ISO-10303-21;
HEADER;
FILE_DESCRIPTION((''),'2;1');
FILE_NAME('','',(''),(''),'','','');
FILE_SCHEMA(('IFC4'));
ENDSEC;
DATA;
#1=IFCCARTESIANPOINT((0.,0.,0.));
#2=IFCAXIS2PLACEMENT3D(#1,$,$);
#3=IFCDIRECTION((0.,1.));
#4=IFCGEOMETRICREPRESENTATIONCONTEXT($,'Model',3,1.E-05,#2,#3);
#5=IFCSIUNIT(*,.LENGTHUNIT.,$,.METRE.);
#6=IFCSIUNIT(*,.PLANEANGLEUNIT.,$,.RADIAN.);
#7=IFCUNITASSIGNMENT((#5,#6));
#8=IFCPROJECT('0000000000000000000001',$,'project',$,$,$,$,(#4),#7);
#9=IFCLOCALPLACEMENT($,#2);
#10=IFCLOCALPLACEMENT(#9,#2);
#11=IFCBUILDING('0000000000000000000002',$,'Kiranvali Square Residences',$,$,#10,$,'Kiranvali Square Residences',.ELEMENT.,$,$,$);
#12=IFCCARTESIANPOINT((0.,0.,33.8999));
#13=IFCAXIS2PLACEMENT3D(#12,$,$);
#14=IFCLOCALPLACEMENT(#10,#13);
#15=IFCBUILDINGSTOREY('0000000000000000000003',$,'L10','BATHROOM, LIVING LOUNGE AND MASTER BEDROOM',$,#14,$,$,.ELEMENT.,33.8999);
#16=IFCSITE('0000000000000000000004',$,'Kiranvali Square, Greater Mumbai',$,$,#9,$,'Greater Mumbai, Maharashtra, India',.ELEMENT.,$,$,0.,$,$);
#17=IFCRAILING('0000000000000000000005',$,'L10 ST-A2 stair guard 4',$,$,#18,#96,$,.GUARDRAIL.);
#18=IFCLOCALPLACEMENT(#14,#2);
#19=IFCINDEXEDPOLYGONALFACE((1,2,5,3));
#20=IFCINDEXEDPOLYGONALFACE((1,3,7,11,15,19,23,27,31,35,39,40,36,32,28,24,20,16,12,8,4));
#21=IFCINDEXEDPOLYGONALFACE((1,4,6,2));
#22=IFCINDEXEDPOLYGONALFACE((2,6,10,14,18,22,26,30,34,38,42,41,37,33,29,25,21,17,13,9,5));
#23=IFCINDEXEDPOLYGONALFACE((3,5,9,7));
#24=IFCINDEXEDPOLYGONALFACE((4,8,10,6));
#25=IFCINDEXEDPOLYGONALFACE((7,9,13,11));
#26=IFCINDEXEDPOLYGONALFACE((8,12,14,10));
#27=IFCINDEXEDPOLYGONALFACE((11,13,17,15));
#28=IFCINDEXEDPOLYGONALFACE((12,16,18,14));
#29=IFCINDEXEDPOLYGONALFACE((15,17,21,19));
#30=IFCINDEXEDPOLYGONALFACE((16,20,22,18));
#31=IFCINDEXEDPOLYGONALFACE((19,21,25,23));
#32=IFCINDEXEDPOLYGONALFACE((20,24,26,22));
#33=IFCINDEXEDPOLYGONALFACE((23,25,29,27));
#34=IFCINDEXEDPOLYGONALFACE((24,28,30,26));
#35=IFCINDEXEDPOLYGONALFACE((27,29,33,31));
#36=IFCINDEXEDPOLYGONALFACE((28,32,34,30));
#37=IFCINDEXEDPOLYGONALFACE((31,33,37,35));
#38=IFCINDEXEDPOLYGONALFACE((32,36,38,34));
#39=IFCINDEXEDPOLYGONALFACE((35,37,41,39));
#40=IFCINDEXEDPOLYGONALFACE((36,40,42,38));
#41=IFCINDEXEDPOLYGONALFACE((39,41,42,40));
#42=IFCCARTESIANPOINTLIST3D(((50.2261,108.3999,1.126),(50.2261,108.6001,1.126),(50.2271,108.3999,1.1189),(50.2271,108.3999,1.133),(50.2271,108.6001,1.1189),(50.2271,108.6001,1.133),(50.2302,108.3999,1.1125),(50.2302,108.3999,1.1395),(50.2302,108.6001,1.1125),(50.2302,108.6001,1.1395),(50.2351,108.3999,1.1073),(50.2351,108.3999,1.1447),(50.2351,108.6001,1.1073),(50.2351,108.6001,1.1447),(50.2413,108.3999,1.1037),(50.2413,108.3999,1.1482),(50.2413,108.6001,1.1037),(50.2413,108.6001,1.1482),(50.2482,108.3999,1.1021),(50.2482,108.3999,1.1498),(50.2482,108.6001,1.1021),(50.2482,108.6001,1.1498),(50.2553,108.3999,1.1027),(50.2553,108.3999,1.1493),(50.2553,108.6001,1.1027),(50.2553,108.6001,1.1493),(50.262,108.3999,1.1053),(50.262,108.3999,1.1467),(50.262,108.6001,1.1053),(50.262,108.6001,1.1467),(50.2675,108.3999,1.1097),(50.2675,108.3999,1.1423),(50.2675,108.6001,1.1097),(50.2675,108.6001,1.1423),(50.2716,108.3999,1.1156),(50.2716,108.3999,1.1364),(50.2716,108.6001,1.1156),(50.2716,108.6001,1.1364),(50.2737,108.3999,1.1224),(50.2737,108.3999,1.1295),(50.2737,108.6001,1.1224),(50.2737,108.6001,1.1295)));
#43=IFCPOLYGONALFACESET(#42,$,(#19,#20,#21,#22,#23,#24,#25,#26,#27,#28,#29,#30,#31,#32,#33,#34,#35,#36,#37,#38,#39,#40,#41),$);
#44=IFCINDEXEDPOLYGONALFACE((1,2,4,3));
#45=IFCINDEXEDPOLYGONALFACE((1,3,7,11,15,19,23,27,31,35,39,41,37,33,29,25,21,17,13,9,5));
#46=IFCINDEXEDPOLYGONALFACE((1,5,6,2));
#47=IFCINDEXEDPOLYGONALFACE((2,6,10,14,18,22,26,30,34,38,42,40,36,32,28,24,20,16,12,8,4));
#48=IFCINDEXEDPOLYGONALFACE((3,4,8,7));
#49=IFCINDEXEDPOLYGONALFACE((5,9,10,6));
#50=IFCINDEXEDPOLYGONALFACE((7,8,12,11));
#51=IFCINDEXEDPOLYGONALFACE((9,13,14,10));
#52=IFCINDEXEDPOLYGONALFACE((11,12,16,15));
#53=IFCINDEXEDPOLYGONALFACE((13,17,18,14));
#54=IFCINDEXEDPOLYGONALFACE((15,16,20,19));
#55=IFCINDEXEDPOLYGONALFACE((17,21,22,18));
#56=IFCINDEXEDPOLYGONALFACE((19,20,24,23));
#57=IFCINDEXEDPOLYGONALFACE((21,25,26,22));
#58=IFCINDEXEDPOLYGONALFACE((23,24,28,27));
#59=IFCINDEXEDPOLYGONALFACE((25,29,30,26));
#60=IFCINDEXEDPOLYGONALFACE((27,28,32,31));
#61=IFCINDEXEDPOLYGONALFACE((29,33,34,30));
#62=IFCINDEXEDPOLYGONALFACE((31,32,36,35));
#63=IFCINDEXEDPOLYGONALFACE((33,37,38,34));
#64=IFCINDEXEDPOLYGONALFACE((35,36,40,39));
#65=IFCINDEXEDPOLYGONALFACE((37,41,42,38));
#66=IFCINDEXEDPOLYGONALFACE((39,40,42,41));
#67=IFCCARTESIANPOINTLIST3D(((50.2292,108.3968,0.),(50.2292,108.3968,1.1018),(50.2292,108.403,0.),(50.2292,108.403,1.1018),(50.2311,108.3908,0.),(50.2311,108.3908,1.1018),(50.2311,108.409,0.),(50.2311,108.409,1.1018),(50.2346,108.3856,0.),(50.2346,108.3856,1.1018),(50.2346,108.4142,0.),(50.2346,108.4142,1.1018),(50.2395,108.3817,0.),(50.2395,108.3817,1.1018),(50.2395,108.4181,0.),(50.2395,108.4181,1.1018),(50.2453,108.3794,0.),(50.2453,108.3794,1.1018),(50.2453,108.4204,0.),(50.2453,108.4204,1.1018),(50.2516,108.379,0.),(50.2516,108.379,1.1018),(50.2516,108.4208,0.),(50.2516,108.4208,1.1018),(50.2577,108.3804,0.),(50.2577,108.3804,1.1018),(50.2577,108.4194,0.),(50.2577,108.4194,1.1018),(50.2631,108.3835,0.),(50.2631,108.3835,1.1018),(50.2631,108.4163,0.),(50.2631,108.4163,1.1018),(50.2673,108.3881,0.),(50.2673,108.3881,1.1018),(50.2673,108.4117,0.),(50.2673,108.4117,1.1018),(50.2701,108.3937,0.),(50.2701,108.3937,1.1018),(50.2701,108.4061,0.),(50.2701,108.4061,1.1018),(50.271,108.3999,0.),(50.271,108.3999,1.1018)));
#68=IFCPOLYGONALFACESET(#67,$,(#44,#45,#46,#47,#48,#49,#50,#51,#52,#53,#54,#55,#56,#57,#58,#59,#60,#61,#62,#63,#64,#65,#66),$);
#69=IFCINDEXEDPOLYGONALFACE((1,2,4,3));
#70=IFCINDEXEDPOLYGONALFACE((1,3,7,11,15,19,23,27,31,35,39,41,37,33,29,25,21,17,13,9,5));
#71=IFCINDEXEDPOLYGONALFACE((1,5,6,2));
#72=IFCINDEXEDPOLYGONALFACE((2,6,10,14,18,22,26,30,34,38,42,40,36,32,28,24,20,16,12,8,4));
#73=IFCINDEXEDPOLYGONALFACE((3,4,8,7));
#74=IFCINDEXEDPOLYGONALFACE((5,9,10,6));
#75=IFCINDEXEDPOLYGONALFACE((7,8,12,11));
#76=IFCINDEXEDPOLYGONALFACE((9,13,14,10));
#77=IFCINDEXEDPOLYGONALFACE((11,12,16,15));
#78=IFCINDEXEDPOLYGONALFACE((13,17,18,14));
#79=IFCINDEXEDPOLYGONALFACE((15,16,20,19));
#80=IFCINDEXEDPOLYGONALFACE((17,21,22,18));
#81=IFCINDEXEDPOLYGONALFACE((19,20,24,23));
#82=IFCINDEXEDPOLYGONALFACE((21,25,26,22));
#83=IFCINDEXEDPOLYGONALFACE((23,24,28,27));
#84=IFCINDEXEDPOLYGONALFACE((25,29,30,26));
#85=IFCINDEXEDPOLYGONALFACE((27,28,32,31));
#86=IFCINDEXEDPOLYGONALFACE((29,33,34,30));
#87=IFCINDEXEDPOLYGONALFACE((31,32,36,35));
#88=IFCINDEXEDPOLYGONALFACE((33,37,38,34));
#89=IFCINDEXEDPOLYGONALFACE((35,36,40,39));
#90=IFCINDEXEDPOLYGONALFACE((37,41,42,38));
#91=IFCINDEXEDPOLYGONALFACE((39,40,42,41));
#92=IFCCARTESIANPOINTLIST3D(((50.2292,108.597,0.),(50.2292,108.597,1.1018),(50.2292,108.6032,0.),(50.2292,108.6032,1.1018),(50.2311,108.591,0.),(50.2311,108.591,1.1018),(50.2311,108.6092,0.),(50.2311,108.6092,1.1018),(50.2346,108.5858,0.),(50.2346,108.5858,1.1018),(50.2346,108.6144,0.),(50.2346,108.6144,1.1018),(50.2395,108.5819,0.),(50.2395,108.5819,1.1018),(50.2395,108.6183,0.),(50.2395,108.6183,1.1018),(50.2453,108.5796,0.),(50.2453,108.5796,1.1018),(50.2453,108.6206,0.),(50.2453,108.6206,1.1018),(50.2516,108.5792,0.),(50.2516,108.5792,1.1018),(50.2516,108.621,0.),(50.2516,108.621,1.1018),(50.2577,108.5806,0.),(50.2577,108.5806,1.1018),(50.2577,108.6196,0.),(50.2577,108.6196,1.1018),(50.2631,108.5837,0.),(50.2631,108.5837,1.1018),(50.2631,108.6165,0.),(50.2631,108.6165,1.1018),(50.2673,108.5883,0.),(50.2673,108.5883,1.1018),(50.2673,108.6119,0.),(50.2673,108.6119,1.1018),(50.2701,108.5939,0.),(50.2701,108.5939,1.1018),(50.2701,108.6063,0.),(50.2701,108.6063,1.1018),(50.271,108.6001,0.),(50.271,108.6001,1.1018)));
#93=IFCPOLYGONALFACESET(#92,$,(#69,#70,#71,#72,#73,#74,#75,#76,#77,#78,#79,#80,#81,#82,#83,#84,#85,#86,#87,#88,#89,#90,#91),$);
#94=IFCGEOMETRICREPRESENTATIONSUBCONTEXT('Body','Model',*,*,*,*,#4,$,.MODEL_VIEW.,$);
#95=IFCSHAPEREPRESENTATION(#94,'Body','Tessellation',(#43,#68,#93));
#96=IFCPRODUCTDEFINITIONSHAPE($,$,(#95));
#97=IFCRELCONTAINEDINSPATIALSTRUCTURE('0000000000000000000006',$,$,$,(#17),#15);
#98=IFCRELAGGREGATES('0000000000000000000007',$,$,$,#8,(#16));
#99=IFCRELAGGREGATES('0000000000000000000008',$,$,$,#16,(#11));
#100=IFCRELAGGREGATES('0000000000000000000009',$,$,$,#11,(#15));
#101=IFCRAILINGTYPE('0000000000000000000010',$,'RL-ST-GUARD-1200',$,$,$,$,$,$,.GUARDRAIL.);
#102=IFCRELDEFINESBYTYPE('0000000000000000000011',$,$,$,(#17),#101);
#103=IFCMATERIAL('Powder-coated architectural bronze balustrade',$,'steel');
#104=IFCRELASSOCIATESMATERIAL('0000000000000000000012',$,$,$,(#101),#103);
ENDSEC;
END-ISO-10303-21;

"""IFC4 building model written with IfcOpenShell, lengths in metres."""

from ifc_helpers import new_model, si_unit, direction, frame, origin, origin_2d, place, context, subcontext, project, spatial, circle, extrude, material, type_object, element, save


model = new_model("IFC4")

# Units and contexts
model_context = context("Model", 3, precision=1e-05, world=origin(), true_north=direction((0.0, 1.0)))
body_context = subcontext(model_context, "Body", "Model", "MODEL_VIEW")
ifc_project = project(units=[si_unit("LENGTHUNIT", "METRE"), si_unit("PLANEANGLEUNIT", "RADIAN")], contexts=[model_context])

# Site, building, storey
site_placement = place(None, origin())
site = spatial("IfcSite", under=ifc_project, at=site_placement, Name="Kiranvali Square, Greater Mumbai", LongName="Greater Mumbai, Maharashtra, India", CompositionType="ELEMENT", RefElevation=0.0)
building_placement = place(site_placement, origin())
building = spatial("IfcBuilding", under=site, at=building_placement, Name="Kiranvali Square Residences", LongName="Kiranvali Square Residences", CompositionType="ELEMENT")
storey_placement = place(building_placement, frame((0.0, 0.0, 33.8999)))
storey = spatial("IfcBuildingStorey", under=building, at=storey_placement, Name="L10", Description="BATHROOM, LIVING LOUNGE AND MASTER BEDROOM", CompositionType="ELEMENT", Elevation=33.8999)

# Railing
ifc_material_1 = material(Name="Powder-coated architectural bronze balustrade", Category="steel")
railing_type_1 = type_object("IfcRailingType", Name="RL-ST-GUARD-1200", PredefinedType="GUARDRAIL", material=ifc_material_1)
railing_1_placement = place(storey_placement, frame((50.25, 108.3999, 0.0)))
element("IfcRailing", 1, at=railing_1_placement, inside=storey, type_object=railing_type_1, Name="L10 ST-A2 stair guard 4", PredefinedType="GUARDRAIL", context=body_context, shape_type="SweptSolid", body=[
    extrude(circle(Radius=0.0239, at=origin_2d()), frame((0.0, 0.0, 1.126), z_axis=(0.0, 1.0, 0.0), x_axis=(-1.0, 0.0, 0.0)), (0.0, 0.0, 1.0), 0.2002),
    extrude(circle(Radius=0.021, at=origin_2d()), origin(), (0.0, 0.0, 1.0), 1.1018),
    extrude(circle(Radius=0.021, at=origin_2d()), frame((0.0, 0.2002, 0.0)), (0.0, 0.0, 1.0), 1.1018),
])

save(model, "model.ifc")
